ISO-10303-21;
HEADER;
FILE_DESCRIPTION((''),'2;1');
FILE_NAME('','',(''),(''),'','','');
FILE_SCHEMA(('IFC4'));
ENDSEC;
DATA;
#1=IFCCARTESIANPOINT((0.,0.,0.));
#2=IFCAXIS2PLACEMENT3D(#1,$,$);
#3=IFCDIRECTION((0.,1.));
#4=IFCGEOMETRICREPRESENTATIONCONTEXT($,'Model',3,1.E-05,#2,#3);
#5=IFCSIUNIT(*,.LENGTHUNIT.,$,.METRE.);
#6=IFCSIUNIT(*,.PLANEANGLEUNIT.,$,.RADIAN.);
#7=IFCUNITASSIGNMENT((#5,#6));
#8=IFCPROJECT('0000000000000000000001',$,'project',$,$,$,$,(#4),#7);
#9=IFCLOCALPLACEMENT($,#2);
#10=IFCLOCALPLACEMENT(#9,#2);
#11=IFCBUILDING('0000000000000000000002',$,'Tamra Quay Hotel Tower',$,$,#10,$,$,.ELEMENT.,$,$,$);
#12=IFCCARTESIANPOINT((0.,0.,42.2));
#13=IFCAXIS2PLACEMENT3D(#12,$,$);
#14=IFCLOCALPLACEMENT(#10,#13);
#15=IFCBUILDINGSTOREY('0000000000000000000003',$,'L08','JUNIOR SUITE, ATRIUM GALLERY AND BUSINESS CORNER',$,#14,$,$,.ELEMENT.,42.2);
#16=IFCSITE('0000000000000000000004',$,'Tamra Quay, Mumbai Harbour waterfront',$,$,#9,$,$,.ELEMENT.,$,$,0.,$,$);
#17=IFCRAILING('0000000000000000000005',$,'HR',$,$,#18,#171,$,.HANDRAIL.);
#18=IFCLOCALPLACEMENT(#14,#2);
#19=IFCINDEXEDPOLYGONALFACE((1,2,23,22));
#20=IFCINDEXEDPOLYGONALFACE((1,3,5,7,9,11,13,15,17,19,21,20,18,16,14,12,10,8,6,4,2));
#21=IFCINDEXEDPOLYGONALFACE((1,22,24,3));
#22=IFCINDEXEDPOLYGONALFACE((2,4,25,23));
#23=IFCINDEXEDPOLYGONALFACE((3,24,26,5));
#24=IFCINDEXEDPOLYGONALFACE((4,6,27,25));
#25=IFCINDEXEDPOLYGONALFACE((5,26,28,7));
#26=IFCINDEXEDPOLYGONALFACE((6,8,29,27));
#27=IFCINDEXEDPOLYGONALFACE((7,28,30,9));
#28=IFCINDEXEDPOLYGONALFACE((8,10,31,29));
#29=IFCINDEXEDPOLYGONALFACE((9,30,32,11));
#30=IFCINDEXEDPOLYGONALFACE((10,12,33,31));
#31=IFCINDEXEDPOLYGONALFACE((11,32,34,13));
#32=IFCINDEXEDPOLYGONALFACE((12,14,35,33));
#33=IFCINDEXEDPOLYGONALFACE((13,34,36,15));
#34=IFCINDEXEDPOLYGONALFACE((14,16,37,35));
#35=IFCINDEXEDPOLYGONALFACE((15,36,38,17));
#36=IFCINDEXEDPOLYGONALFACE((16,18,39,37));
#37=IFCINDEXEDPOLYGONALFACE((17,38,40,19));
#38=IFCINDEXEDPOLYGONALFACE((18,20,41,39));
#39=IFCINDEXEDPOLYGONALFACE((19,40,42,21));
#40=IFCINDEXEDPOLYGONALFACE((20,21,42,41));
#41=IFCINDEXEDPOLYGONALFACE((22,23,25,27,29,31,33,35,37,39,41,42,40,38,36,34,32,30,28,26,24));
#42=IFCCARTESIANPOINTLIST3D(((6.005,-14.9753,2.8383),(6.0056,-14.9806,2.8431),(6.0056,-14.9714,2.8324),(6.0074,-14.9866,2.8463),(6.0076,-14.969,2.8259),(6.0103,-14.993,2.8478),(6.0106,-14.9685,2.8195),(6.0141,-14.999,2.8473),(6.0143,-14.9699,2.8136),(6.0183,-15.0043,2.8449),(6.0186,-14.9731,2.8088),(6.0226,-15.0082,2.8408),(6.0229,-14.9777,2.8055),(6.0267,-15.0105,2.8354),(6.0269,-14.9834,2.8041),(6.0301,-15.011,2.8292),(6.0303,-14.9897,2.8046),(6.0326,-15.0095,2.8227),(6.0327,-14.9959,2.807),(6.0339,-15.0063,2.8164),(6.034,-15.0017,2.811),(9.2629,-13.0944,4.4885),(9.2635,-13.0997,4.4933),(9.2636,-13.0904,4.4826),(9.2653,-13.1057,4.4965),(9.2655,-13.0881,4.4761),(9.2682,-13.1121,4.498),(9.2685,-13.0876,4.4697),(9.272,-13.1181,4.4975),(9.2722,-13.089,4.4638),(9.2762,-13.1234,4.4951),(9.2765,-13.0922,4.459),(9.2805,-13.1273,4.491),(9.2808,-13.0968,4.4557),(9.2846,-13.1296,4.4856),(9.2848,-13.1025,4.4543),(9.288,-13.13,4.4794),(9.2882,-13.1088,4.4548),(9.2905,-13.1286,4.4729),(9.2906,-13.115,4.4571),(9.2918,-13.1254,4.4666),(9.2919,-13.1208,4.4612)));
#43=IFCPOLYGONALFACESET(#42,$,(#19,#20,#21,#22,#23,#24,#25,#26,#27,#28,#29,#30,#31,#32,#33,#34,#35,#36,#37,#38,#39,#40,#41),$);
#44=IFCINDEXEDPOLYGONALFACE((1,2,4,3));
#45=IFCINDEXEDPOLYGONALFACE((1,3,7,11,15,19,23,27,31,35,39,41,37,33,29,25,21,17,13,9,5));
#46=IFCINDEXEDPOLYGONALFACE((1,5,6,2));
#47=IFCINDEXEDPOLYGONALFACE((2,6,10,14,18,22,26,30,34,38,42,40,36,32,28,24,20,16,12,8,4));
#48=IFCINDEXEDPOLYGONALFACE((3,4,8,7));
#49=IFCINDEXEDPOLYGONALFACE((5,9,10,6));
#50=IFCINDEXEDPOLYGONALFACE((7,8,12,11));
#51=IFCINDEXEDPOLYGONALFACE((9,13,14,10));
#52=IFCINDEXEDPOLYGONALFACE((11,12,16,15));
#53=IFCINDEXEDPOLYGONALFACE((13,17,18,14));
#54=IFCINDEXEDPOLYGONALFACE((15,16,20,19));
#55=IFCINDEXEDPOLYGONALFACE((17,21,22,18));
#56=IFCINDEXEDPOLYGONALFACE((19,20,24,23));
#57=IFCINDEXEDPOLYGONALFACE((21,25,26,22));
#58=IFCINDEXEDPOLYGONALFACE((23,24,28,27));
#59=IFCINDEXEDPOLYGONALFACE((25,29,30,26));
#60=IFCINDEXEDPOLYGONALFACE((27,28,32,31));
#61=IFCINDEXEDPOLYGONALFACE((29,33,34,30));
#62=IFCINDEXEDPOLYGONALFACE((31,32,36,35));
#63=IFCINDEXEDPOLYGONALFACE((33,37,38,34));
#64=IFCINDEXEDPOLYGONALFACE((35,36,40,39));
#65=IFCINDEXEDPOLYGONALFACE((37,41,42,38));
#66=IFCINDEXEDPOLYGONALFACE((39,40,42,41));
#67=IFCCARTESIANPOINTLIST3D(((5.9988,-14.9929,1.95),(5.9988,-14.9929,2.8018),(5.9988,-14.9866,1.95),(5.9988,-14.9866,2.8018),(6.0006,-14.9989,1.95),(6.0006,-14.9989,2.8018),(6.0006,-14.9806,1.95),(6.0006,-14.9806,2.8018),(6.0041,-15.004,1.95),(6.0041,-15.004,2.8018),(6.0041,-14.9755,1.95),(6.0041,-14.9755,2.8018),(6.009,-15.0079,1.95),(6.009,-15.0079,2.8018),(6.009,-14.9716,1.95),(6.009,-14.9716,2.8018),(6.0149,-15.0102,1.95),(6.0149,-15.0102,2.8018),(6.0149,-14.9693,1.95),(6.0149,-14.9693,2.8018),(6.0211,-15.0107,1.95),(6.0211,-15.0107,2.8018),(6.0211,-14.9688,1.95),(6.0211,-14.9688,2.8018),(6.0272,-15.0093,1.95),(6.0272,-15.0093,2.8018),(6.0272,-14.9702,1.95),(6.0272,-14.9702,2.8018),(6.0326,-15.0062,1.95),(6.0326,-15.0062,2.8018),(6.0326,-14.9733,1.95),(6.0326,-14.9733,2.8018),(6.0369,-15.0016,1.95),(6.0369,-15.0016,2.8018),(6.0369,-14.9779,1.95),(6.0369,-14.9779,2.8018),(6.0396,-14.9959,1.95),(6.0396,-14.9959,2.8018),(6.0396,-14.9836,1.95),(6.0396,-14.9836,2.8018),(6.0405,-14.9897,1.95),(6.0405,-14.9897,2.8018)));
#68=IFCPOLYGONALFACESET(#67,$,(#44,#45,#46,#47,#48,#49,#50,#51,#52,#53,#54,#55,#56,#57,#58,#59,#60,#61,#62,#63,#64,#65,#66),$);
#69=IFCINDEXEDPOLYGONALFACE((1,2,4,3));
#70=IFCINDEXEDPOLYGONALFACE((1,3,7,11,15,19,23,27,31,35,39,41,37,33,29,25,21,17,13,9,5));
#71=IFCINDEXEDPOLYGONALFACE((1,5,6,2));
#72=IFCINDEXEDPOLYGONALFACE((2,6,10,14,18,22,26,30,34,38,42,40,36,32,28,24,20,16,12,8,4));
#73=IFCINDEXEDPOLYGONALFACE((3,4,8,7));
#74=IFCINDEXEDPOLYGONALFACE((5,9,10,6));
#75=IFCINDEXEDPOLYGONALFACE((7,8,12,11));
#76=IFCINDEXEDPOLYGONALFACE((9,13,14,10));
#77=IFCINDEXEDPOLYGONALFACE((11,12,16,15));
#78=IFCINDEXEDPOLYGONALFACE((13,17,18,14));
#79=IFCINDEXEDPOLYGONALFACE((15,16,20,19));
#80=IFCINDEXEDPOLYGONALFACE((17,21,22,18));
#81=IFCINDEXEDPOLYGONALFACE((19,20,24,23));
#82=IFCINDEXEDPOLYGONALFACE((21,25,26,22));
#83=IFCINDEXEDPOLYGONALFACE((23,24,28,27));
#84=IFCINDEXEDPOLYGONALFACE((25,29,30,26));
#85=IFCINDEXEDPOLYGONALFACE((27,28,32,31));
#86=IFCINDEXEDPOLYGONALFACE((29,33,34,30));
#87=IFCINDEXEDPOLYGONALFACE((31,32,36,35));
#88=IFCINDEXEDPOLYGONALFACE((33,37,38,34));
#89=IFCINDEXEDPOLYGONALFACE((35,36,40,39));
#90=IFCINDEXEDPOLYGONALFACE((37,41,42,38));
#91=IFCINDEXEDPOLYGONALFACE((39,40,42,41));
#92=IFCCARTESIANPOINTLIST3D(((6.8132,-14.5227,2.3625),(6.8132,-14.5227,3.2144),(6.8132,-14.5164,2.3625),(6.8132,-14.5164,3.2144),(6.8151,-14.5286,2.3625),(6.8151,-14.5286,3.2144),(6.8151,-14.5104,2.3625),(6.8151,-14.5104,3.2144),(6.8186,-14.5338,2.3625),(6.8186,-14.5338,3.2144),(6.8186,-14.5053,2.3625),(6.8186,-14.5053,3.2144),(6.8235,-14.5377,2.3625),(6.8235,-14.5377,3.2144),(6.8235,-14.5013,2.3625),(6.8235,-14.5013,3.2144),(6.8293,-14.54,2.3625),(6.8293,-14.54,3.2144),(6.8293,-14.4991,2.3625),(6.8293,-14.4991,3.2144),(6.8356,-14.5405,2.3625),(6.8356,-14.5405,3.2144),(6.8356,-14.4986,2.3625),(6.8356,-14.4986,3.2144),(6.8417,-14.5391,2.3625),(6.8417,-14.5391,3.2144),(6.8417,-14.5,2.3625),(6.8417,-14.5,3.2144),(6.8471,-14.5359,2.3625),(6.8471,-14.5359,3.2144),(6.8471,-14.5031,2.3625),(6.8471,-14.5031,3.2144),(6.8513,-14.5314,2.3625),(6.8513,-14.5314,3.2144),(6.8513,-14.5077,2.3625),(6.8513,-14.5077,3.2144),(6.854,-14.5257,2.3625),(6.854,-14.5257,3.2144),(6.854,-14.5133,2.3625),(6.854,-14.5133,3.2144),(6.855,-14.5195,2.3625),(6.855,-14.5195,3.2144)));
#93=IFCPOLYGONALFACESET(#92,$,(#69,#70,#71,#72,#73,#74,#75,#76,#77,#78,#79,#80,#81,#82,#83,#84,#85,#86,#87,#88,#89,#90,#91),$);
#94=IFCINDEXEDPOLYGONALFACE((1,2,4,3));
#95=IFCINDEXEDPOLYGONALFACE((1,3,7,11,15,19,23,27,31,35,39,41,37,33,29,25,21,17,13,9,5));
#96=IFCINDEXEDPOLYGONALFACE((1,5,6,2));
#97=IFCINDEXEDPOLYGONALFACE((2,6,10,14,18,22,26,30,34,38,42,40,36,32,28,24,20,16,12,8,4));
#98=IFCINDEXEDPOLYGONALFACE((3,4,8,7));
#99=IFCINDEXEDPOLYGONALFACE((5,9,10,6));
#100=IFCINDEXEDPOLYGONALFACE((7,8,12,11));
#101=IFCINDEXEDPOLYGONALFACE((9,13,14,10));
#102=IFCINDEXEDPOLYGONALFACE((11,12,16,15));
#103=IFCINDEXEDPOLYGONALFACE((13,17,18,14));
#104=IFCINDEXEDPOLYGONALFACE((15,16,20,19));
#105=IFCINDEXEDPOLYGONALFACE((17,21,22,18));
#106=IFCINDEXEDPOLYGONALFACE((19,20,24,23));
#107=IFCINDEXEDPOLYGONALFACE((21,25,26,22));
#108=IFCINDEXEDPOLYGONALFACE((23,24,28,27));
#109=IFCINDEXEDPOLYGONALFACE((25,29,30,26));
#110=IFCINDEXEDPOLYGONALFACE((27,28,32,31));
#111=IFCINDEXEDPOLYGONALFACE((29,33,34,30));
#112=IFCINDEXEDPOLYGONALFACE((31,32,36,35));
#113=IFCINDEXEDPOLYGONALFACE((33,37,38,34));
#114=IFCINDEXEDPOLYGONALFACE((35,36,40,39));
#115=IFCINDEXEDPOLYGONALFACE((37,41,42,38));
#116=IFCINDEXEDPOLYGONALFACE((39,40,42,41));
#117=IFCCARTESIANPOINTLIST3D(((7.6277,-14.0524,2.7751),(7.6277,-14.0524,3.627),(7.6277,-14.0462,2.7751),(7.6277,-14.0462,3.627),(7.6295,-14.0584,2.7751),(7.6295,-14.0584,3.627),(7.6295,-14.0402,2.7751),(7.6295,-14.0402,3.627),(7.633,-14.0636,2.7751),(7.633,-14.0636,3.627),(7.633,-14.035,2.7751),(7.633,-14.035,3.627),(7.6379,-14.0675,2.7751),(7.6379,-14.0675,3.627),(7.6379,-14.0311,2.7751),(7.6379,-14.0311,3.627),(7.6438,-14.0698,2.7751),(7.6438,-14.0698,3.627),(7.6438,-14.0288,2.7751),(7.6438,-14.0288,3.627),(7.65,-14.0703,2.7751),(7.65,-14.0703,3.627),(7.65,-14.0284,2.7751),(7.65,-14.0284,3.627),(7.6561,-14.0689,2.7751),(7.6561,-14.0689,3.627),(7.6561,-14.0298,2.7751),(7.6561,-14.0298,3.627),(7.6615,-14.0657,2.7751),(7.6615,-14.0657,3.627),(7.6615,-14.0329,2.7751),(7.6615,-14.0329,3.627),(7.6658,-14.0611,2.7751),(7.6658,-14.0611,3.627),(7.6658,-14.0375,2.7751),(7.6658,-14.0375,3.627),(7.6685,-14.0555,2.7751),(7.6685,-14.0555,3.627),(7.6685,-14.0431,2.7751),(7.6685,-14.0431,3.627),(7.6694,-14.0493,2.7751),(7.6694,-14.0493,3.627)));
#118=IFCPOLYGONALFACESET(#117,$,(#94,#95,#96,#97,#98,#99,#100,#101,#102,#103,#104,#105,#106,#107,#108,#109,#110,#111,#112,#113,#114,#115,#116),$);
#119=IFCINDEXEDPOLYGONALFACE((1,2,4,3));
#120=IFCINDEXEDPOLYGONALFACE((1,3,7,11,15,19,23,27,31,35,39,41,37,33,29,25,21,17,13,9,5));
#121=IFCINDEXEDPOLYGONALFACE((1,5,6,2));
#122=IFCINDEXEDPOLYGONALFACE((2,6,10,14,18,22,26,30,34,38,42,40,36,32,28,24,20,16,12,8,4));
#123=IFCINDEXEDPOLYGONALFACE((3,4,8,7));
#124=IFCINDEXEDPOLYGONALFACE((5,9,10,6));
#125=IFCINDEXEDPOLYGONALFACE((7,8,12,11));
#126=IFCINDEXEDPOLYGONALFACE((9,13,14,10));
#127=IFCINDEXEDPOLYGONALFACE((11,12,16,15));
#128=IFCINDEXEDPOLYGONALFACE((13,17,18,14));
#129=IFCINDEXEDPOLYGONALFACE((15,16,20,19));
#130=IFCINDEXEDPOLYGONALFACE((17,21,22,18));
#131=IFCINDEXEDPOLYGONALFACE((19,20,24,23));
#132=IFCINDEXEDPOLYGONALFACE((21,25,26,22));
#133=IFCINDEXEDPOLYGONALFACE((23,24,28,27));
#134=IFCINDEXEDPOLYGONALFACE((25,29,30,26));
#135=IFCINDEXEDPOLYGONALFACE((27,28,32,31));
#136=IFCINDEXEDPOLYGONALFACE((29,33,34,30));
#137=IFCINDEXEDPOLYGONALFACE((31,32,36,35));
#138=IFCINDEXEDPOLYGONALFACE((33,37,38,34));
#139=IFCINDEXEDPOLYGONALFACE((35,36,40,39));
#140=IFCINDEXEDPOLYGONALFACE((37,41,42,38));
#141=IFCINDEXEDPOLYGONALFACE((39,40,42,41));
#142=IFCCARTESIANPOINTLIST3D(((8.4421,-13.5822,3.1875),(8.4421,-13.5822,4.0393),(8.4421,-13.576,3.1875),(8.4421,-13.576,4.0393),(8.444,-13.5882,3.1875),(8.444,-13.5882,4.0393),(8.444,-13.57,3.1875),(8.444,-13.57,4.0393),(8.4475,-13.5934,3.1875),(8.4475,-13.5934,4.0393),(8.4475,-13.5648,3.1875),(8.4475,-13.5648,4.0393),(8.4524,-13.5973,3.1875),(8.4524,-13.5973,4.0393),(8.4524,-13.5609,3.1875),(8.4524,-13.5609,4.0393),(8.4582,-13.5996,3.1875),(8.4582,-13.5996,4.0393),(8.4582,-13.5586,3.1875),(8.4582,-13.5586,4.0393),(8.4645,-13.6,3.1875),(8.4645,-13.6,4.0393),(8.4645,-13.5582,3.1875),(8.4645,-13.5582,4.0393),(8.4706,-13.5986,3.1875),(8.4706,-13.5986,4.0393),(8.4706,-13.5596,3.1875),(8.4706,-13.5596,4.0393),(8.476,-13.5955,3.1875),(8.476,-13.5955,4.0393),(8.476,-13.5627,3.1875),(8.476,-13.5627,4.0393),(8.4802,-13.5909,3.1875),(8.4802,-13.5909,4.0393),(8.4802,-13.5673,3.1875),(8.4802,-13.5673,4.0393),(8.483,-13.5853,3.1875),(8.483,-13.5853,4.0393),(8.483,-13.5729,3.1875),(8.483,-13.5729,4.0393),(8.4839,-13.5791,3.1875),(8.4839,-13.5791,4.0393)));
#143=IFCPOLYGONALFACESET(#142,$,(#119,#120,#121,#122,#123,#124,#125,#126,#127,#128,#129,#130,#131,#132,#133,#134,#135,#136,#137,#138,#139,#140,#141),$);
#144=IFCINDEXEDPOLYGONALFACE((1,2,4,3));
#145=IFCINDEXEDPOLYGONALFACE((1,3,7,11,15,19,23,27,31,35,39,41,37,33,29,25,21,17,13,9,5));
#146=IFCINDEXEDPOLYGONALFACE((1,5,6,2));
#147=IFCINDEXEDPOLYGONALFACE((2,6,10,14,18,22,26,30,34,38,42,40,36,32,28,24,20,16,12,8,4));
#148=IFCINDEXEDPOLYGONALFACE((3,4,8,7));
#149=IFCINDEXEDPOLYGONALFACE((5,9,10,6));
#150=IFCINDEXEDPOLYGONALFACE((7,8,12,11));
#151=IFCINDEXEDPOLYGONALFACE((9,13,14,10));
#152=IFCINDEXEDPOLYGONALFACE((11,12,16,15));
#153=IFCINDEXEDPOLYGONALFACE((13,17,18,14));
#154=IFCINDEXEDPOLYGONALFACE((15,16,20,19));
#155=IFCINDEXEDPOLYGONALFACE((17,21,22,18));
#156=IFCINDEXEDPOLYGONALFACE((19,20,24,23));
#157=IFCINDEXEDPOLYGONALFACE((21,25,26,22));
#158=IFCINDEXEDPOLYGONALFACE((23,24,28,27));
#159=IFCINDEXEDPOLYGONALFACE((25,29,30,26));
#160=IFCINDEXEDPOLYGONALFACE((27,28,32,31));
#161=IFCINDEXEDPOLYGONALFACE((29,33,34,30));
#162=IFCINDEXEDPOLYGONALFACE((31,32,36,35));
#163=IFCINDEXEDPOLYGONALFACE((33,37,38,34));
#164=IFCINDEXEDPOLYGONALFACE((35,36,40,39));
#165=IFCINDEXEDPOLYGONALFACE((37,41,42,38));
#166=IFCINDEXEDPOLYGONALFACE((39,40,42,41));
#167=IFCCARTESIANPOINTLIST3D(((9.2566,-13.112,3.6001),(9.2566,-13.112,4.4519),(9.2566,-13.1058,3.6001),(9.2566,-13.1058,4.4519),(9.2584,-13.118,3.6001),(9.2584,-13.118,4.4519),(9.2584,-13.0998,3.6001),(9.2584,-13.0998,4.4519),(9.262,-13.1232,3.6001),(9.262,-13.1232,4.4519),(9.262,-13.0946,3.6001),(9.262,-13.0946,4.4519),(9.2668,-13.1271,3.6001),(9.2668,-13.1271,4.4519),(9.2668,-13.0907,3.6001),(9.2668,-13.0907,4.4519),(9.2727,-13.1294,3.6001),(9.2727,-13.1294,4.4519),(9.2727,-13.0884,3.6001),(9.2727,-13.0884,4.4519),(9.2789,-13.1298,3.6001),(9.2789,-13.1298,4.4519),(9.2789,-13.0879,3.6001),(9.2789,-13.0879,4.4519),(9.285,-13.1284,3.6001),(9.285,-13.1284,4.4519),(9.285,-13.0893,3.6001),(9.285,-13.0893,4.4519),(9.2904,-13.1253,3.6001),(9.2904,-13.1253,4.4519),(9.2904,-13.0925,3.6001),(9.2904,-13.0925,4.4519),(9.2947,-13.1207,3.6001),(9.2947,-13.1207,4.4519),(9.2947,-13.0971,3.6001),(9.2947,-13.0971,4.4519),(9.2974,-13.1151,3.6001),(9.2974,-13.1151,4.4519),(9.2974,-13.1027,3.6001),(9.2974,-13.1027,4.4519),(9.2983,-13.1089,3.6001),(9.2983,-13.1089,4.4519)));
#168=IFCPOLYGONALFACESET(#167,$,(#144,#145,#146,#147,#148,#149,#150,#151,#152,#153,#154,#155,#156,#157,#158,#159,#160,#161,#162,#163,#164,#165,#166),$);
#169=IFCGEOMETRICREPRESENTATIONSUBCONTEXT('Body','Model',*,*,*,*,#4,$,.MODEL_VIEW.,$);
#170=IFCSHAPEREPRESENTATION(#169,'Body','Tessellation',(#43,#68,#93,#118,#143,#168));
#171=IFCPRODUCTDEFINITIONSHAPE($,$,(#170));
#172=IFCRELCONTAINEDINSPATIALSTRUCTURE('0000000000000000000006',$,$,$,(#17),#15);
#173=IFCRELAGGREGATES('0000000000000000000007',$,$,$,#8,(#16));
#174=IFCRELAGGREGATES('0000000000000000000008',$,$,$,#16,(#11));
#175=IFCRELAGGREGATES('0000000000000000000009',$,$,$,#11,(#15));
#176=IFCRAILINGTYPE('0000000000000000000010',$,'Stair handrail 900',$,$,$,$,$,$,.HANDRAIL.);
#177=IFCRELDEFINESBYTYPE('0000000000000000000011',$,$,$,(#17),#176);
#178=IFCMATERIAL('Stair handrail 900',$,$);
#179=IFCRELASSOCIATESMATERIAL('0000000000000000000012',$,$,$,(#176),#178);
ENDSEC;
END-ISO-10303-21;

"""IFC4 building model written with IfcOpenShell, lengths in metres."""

from ifc_helpers import new_model, si_unit, direction, frame, origin, origin_2d, place, context, subcontext, project, spatial, circle, extrude, material, type_object, element, save


model = new_model("IFC4")

# Units and contexts
model_context = context("Model", 3, precision=1e-05, world=origin(), true_north=direction((0.0, 1.0)))
body_context = subcontext(model_context, "Body", "Model", "MODEL_VIEW")
ifc_project = project(units=[si_unit("LENGTHUNIT", "METRE"), si_unit("PLANEANGLEUNIT", "RADIAN")], contexts=[model_context])

# Site, building, storey
site_placement = place(None, origin())
site = spatial("IfcSite", under=ifc_project, at=site_placement, Name="Tamra Quay, Mumbai Harbour waterfront", CompositionType="ELEMENT", RefElevation=0.0)
building_placement = place(site_placement, origin())
building = spatial("IfcBuilding", under=site, at=building_placement, Name="Tamra Quay Hotel Tower", CompositionType="ELEMENT")
storey_placement = place(building_placement, frame((0.0, 0.0, 42.2)))
storey = spatial("IfcBuildingStorey", under=building, at=storey_placement, Name="L08", Description="JUNIOR SUITE, ATRIUM GALLERY AND BUSINESS CORNER", CompositionType="ELEMENT", Elevation=42.2)

# Railing
ifc_material_1 = material(Name="Stair handrail 900")
railing_type_1 = type_object("IfcRailingType", Name="Stair handrail 900", PredefinedType="HANDRAIL", material=ifc_material_1)
railing_1_placement = place(storey_placement, frame((6.0195, -14.9897, 1.95)))
element("IfcRailing", 1, at=railing_1_placement, inside=storey, type_object=railing_type_1, Name="HR", PredefinedType="HANDRAIL", context=body_context, shape_type="SweptSolid", body=[
    extrude(circle(Radius=0.0239, at=origin_2d()), frame((0.0, 0.0, 0.876), z_axis=(0.793081, 0.457876, 0.401711), x_axis=(-0.499992, 0.86603, 0.0)), (0.0, 0.0, 1.0), 4.1079),
    extrude(circle(Radius=0.021, at=origin_2d()), origin(), (0.0, 0.0, 1.0), 0.8518),
    extrude(circle(Radius=0.021, at=origin_2d()), frame((0.8145, 0.4702, 0.4126)), (0.0, 0.0, 1.0), 0.8518),
    extrude(circle(Radius=0.021, at=origin_2d()), frame((1.6289, 0.9404, 0.8252)), (0.0, 0.0, 1.0), 0.8518),
    extrude(circle(Radius=0.021, at=origin_2d()), frame((2.4434, 1.4106, 1.2375)), (0.0, 0.0, 1.0), 0.8518),
    extrude(circle(Radius=0.021, at=origin_2d()), frame((3.2578, 1.8809, 1.6501)), (0.0, 0.0, 1.0), 0.8518),
])

save(model, "model.ifc")
